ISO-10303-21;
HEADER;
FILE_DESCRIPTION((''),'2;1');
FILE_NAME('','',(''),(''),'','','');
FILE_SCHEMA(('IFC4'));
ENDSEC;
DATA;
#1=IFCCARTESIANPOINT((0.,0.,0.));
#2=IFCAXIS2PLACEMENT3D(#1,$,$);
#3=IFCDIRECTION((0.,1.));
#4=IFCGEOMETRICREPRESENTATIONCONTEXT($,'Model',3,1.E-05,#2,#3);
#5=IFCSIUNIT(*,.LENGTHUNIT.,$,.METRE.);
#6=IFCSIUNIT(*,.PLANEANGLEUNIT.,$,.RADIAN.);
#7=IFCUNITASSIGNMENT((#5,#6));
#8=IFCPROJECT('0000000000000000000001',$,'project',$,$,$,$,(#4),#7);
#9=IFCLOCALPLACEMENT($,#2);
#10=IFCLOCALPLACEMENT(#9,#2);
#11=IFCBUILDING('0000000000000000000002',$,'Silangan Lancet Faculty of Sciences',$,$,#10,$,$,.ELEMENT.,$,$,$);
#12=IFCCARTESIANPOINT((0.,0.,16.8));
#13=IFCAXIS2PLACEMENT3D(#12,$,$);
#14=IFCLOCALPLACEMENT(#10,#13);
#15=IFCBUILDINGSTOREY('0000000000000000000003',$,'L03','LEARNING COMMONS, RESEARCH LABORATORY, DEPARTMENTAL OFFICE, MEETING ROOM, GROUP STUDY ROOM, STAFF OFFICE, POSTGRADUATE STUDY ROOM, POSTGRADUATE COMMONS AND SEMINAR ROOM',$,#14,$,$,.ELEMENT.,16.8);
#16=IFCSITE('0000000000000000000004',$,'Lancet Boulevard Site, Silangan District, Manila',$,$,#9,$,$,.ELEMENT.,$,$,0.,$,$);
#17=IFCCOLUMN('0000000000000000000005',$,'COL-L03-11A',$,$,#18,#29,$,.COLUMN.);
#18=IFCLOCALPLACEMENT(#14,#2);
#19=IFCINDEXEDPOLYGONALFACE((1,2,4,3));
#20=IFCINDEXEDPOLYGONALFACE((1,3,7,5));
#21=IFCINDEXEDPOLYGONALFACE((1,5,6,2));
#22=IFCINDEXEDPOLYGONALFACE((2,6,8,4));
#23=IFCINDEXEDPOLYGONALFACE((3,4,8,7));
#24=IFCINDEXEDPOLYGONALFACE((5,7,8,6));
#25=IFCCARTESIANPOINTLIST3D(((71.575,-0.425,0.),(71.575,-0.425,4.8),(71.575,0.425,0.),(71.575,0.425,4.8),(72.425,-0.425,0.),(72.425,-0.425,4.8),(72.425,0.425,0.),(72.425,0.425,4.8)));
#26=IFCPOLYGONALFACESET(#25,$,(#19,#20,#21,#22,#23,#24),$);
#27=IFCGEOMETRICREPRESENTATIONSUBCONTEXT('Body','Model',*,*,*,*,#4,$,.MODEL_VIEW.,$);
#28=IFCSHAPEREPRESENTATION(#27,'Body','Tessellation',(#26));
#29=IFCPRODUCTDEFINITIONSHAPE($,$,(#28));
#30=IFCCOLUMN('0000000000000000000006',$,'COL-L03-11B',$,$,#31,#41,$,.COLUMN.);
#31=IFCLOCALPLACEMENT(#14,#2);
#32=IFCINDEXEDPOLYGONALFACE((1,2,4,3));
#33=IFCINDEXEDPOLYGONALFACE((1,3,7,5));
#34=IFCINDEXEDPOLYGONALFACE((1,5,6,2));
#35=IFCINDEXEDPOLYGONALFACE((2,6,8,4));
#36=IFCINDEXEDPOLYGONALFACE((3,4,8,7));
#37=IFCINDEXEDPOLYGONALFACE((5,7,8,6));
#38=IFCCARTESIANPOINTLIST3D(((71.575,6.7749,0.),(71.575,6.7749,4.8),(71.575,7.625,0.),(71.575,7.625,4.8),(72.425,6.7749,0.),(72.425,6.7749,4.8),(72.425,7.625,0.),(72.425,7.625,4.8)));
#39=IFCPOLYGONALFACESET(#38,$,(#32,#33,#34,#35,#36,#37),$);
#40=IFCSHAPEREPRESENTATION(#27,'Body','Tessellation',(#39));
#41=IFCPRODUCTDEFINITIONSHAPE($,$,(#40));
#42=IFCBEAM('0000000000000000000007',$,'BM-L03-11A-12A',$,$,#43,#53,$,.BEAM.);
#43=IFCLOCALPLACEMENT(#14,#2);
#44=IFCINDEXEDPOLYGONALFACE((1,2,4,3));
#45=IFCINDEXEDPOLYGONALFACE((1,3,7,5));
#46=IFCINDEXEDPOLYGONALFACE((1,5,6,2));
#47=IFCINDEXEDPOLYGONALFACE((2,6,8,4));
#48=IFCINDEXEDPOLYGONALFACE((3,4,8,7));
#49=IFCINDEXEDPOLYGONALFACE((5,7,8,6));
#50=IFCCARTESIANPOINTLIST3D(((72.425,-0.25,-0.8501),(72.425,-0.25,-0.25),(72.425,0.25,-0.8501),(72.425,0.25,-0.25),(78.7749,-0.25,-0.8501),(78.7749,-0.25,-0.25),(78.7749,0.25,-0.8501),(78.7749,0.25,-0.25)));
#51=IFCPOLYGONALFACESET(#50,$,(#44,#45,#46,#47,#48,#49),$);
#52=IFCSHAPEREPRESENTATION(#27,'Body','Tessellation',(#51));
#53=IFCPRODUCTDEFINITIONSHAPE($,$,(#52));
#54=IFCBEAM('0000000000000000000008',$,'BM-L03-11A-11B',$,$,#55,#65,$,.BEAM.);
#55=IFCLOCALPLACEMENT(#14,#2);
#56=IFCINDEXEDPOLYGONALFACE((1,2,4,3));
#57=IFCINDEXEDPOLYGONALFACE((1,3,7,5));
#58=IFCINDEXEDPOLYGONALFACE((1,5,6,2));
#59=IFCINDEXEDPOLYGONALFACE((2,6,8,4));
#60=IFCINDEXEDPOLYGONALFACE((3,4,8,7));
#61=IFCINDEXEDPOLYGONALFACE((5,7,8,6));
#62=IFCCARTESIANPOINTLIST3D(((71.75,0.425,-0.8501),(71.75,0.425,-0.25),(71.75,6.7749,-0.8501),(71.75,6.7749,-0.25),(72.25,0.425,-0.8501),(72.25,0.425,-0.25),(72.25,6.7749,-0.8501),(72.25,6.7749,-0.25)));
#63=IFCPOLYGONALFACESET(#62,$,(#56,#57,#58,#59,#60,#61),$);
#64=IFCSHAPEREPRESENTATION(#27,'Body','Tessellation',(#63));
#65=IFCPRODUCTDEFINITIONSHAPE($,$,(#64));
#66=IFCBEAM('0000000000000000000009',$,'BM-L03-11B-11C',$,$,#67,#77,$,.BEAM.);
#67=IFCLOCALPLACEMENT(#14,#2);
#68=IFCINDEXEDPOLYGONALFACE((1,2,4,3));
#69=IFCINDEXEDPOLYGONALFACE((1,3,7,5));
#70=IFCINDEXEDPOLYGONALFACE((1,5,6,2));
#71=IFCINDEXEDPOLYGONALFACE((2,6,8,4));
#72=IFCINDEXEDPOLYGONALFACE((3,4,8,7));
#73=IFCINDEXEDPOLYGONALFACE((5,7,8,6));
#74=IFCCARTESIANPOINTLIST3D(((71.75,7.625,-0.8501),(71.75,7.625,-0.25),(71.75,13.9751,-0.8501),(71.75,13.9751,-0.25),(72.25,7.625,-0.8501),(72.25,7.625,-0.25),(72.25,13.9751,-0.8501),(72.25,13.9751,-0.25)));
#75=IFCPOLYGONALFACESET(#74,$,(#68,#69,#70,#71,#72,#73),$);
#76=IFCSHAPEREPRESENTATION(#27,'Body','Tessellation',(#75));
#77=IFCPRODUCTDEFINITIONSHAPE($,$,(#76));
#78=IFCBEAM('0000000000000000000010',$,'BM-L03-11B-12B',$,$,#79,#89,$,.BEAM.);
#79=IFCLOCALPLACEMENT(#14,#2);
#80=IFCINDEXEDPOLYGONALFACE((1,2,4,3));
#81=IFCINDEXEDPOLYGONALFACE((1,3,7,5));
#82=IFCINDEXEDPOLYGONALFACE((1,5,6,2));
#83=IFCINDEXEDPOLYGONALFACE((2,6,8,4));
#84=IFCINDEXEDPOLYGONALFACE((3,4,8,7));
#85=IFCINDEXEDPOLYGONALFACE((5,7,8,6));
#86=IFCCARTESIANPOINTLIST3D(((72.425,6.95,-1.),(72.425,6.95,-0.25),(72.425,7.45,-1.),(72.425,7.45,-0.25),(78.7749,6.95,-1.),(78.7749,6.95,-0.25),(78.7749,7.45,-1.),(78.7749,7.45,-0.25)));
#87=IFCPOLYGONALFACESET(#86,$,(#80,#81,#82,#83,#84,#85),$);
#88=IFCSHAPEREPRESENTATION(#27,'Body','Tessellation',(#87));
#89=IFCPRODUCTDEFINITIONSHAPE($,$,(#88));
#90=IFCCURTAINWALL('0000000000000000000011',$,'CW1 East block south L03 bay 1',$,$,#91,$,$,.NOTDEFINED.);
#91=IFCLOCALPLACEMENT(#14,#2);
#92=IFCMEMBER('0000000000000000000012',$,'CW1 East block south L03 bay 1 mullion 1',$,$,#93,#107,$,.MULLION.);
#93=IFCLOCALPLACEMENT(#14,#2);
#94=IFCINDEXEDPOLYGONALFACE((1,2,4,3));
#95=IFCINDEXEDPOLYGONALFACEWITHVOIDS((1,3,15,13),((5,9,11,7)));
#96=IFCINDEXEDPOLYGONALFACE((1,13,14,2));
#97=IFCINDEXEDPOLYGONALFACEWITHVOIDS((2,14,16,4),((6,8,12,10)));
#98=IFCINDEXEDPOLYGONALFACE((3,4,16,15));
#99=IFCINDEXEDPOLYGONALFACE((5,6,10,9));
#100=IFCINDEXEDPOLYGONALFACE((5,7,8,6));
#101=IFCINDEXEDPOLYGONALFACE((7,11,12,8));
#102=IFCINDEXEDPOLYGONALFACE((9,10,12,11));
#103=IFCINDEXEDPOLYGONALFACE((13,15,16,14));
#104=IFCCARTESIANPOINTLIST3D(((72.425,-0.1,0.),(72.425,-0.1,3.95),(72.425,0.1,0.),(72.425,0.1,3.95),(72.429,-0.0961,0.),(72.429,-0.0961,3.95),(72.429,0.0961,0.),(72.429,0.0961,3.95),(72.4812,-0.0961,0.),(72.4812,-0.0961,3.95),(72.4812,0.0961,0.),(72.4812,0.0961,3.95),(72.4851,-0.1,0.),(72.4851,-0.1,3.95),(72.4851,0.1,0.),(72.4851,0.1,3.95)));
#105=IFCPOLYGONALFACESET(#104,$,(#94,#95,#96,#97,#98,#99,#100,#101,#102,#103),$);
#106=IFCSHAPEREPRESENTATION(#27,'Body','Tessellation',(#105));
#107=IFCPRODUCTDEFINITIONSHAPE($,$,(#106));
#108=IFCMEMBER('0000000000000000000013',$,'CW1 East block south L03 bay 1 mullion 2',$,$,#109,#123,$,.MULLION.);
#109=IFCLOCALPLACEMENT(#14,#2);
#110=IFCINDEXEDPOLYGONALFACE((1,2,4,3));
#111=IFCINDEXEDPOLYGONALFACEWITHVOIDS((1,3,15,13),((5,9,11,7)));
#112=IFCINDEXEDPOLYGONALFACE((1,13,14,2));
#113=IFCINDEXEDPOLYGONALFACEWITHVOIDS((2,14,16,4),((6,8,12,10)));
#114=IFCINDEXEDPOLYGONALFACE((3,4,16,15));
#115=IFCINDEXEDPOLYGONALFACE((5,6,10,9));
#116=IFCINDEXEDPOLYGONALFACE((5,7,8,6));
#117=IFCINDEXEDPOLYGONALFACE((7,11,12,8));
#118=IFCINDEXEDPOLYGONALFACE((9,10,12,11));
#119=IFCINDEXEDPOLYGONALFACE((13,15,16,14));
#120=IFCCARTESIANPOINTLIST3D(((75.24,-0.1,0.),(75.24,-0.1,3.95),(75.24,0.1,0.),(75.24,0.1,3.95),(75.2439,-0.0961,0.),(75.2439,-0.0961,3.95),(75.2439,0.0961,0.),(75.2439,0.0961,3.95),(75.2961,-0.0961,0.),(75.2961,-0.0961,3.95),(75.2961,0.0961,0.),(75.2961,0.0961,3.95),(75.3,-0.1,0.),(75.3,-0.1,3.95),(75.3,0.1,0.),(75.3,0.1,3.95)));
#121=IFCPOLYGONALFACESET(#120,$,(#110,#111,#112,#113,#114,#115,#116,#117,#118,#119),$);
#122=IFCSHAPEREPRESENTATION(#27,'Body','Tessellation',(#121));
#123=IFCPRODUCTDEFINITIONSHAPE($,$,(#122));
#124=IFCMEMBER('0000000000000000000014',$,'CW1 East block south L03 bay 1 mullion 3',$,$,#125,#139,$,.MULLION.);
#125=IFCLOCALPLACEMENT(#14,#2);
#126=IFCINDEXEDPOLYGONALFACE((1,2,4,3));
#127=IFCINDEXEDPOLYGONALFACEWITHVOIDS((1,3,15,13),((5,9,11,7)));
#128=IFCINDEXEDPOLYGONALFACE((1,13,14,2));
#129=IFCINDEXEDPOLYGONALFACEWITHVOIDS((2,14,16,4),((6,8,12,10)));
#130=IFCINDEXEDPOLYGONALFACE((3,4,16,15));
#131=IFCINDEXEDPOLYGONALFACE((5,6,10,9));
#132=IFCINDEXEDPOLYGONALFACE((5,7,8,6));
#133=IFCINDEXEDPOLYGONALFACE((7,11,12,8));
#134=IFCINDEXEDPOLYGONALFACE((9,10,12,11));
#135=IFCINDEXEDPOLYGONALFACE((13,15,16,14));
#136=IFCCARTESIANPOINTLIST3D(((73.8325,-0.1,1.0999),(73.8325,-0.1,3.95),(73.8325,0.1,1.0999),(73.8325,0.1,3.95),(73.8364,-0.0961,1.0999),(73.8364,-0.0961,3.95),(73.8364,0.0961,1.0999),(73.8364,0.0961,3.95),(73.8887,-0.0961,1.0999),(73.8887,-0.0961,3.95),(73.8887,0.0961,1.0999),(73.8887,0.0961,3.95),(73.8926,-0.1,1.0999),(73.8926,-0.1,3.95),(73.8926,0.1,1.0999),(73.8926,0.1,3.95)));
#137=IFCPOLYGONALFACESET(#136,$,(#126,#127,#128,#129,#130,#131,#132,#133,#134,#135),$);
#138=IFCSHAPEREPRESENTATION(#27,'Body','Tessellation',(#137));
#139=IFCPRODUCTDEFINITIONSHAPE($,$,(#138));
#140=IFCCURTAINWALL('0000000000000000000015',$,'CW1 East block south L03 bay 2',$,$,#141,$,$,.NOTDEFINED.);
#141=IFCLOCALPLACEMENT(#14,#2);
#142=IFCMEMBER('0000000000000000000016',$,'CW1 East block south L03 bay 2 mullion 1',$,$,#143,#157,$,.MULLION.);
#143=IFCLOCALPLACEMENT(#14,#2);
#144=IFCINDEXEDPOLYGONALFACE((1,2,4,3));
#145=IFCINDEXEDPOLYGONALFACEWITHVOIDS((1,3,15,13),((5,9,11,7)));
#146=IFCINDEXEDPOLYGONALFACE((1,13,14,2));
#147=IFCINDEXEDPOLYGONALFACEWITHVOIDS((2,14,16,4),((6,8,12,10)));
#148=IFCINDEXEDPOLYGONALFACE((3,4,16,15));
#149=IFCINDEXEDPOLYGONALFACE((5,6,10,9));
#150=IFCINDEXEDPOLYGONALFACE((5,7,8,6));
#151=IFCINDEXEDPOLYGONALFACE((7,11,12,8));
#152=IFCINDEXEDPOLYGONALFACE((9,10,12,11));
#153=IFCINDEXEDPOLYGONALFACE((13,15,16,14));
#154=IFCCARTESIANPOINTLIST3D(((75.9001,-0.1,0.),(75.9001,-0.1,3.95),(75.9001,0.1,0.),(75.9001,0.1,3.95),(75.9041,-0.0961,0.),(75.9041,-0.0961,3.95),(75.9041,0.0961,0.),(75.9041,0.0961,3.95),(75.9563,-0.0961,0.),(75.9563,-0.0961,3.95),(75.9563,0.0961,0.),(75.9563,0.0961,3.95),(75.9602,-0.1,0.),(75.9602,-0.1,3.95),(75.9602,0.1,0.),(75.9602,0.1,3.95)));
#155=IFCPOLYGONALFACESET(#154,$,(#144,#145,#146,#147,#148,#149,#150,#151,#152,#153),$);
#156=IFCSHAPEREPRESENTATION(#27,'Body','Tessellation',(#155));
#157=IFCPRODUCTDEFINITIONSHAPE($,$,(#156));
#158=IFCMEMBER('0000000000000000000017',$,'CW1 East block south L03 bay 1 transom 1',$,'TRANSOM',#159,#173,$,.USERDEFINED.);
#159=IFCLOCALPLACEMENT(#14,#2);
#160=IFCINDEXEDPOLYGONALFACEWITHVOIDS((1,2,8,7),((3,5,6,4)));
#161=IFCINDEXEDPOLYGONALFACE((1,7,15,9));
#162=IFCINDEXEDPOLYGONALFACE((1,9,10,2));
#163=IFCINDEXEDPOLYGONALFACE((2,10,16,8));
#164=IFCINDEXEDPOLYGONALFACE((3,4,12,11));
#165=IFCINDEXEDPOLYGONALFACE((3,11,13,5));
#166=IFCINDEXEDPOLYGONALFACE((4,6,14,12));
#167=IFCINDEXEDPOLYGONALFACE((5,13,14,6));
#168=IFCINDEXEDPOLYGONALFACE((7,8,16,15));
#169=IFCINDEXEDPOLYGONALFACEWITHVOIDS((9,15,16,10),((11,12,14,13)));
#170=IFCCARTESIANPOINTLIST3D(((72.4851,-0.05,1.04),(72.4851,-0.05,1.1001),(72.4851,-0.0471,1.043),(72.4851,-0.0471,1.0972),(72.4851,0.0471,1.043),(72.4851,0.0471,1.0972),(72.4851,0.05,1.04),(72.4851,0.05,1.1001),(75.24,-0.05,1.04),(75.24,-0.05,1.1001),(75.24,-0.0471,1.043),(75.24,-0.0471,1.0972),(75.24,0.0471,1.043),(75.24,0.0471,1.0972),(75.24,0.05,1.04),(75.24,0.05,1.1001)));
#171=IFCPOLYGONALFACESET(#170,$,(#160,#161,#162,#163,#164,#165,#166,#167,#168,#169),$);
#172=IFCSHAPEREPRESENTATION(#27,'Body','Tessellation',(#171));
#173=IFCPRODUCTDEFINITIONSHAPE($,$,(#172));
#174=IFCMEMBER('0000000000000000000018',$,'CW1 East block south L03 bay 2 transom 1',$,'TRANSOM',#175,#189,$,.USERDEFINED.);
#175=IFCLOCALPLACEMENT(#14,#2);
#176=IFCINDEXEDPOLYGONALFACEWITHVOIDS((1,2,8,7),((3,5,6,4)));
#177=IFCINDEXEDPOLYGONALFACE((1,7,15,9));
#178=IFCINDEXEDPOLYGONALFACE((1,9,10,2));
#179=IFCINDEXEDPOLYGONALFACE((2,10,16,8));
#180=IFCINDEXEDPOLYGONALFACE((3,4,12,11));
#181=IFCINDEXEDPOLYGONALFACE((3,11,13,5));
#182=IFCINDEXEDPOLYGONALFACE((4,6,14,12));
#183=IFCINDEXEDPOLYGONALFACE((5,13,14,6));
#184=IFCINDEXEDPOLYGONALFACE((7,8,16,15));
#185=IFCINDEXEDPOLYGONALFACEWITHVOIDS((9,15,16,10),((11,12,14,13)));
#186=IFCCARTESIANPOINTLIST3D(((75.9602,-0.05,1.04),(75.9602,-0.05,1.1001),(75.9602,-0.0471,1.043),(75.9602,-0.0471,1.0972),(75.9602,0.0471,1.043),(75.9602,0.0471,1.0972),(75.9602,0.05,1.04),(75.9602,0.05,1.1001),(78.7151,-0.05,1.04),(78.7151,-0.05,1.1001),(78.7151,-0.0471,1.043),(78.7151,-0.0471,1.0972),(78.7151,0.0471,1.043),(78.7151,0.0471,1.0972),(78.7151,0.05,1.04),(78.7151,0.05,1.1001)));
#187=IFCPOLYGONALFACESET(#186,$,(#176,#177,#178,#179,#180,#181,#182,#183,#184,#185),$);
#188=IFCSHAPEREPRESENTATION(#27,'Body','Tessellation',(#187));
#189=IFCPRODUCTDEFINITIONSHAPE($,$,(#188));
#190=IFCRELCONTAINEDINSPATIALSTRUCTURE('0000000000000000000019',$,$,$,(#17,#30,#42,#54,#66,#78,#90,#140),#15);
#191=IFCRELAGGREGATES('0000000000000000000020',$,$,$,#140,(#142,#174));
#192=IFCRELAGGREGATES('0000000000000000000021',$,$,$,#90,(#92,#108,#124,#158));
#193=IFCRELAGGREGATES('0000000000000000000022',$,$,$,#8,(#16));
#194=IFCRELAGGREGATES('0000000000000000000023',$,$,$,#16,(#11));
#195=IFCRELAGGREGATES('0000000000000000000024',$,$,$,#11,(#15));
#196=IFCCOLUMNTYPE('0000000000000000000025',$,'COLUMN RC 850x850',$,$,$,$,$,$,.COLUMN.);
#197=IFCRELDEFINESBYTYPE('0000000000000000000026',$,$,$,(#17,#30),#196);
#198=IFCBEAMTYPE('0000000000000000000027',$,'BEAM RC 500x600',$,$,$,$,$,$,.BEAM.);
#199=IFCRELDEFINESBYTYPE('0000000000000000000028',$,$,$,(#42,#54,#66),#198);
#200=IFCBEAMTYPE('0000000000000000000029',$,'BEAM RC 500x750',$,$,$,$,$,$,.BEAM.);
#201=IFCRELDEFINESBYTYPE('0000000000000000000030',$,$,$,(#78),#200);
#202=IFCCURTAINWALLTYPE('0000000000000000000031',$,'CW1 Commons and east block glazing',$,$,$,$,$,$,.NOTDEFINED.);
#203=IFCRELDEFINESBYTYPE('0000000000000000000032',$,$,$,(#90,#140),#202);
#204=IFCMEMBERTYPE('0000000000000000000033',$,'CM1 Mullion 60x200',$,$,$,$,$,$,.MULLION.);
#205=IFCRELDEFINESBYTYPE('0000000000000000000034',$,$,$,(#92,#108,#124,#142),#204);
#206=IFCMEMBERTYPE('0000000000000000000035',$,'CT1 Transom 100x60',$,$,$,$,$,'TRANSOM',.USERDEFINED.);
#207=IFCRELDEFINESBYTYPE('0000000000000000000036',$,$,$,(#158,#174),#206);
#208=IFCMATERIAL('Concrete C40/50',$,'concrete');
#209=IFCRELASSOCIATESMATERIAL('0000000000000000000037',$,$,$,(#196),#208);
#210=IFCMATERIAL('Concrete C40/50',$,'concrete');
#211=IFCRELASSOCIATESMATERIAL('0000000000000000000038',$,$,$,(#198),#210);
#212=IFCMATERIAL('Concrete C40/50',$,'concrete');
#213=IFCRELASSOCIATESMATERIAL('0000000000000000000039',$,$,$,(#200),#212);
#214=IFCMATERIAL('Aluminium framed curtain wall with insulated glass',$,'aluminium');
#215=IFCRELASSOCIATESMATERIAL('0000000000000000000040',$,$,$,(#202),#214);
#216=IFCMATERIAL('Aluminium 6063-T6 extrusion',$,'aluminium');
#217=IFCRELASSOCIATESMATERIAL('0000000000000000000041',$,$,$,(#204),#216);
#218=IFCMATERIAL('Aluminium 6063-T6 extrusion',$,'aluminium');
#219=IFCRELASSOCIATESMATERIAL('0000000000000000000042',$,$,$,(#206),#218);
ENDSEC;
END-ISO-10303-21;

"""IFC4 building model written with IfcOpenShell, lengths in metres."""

from ifc_helpers import new_model, si_unit, direction, frame, origin, origin_2d, place, context, subcontext, project, spatial, rectangle, hollow_rectangle, extrude, material, material_profile, profile_set, type_object, element, aggregate, save


model = new_model("IFC4")

# Units and contexts
model_context = context("Model", 3, precision=1e-05, world=origin(), true_north=direction((0.0, 1.0)))
body_context = subcontext(model_context, "Body", "Model", "MODEL_VIEW")
ifc_project = project(units=[si_unit("LENGTHUNIT", "METRE"), si_unit("PLANEANGLEUNIT", "RADIAN")], contexts=[model_context])

# Site, building, storey
site_placement = place(None, origin())
site = spatial("IfcSite", under=ifc_project, at=site_placement, Name="Lancet Boulevard Site, Silangan District, Manila", CompositionType="ELEMENT", RefElevation=0.0)
building_placement = place(site_placement, origin())
building = spatial("IfcBuilding", under=site, at=building_placement, Name="Silangan Lancet Faculty of Sciences", CompositionType="ELEMENT")
storey_placement = place(building_placement, frame((0.0, 0.0, 16.8)))
storey = spatial("IfcBuildingStorey", under=building, at=storey_placement, Name="L03", Description="LEARNING COMMONS, RESEARCH LABORATORY, DEPARTMENTAL OFFICE, MEETING ROOM, GROUP STUDY ROOM, STAFF OFFICE, POSTGRADUATE STUDY ROOM, POSTGRADUATE COMMONS AND SEMINAR ROOM", CompositionType="ELEMENT", Elevation=16.8)

# Columns
ifc_material_1 = material(Name="Concrete C40/50", Category="concrete")
ifc_material_profile_1 = material_profile(ifc_material_1, rectangle(XDim=0.8501, YDim=0.8501, at=origin_2d()), Name="RC 850x850")
ifc_profile_set_1 = profile_set([ifc_material_profile_1], Name="Concrete C40/50")
column_type = type_object("IfcColumnType", Name="COLUMN RC 850x850", PredefinedType="COLUMN", material=ifc_profile_set_1)
for number, where, z_axis, x_axis, name in (
    (1, (72.0, 0.0, 0.0), (0.0, 0.0, 1.0), (1.0, 0.0, 0.0), "COL-L03-11A"),
    (2, (72.0, 7.2, 0.0), (0.0, 0.0, 1.0), (1.0, 0.0, 0.0), "COL-L03-11B"),
):
    element("IfcColumn", number, at=place(storey_placement, frame(where, z_axis=z_axis, x_axis=x_axis)), inside=storey, type_object=column_type, Name=name, PredefinedType="COLUMN", context=body_context, shape_type="SweptSolid", body=[
        extrude(rectangle(XDim=0.8501, YDim=0.8501, at=origin_2d()), origin(), (0.0, 0.0, 1.0), 4.8),
    ])

# Beams
ifc_material_2 = material(Name="Concrete C40/50", Category="concrete")
ifc_material_profile_2 = material_profile(ifc_material_2, rectangle(XDim=0.5, YDim=0.6001, at=origin_2d()), Name="RC 500x600")
ifc_profile_set_2 = profile_set([ifc_material_profile_2], Name="Concrete C40/50")
beam_type_1 = type_object("IfcBeamType", Name="BEAM RC 500x600", PredefinedType="BEAM", material=ifc_profile_set_2)
for number, where, z_axis, x_axis, name in (
    (3, (72.425, 0.0, -0.55), (1.0, 0.0, 0.0), (0.0, 1.0, 0.0), "BM-L03-11A-12A"),
    (4, (72.0, 0.425, -0.55), (0.0, 1.0, 0.0), (-1.0, 0.0, 0.0), "BM-L03-11A-11B"),
):
    element("IfcBeam", number, at=place(storey_placement, frame(where, z_axis=z_axis, x_axis=x_axis)), inside=storey, type_object=beam_type_1, Name=name, PredefinedType="BEAM", context=body_context, shape_type="SweptSolid", body=[
        extrude(rectangle(XDim=0.5, YDim=0.6001, at=origin_2d()), origin(), (0.0, 0.0, 1.0), 6.3499),
    ])
beam_1_placement = place(storey_placement, frame((72.0, 7.625, -0.55), z_axis=(0.0, 1.0, 0.0), x_axis=(-1.0, 0.0, 0.0)))
element("IfcBeam", 5, at=beam_1_placement, inside=storey, type_object=beam_type_1, Name="BM-L03-11B-11C", PredefinedType="BEAM", context=body_context, shape_type="SweptSolid", body=[
    extrude(rectangle(XDim=0.5, YDim=0.6001, at=origin_2d()), origin(), (0.0, 0.0, 1.0), 6.3501),
])
ifc_material_3 = material(Name="Concrete C40/50", Category="concrete")
ifc_material_profile_3 = material_profile(ifc_material_3, rectangle(XDim=0.5, YDim=0.75, at=origin_2d()), Name="RC 500x750")
ifc_profile_set_3 = profile_set([ifc_material_profile_3], Name="Concrete C40/50")
beam_type_2 = type_object("IfcBeamType", Name="BEAM RC 500x750", PredefinedType="BEAM", material=ifc_profile_set_3)
beam_2_placement = place(storey_placement, frame((72.425, 7.2, -0.625), z_axis=(1.0, 0.0, 0.0), x_axis=(0.0, 1.0, 0.0)))
element("IfcBeam", 6, at=beam_2_placement, inside=storey, type_object=beam_type_2, Name="BM-L03-11B-12B", PredefinedType="BEAM", context=body_context, shape_type="SweptSolid", body=[
    extrude(rectangle(XDim=0.5, YDim=0.75, at=origin_2d()), origin(), (0.0, 0.0, 1.0), 6.3499),
])

# Curtain wall, members
ifc_material_4 = material(Name="Aluminium framed curtain wall with insulated glass", Category="aluminium")
curtain_wall_type = type_object("IfcCurtainWallType", Name="CW1 Commons and east block glazing", PredefinedType="NOTDEFINED", material=ifc_material_4)
curtain_wall_1_placement = place(storey_placement, origin())
curtain_wall_1 = element("IfcCurtainWall", 7, at=curtain_wall_1_placement, inside=storey, type_object=curtain_wall_type, Name="CW1 East block south L03 bay 1", PredefinedType="NOTDEFINED")
ifc_material_5 = material(Name="Aluminium 6063-T6 extrusion", Category="aluminium")
ifc_material_profile_4 = material_profile(ifc_material_5, hollow_rectangle(XDim=0.0601, YDim=0.2, WallThickness=0.0039, at=origin_2d()), Name="AL BOX 60x200x4")
ifc_profile_set_4 = profile_set([ifc_material_profile_4], Name="Aluminium 6063-T6 extrusion")
member_type_1 = type_object("IfcMemberType", Name="CM1 Mullion 60x200", PredefinedType="MULLION", material=ifc_profile_set_4)
member_1_placement = place(storey_placement, frame((72.4551, 0.0, 0.0), z_axis=(0.0, 0.0, 1.0), x_axis=(1.0, 0.0, 0.0)))
member_1 = element("IfcMember", 8, at=member_1_placement, type_object=member_type_1, Name="CW1 East block south L03 bay 1 mullion 1", PredefinedType="MULLION", context=body_context, shape_type="SweptSolid", body=[
    extrude(hollow_rectangle(XDim=0.0601, YDim=0.2, WallThickness=0.0039, at=origin_2d()), origin(), (0.0, 0.0, 1.0), 3.95),
])
member_2_placement = place(storey_placement, frame((75.27, 0.0, 0.0), z_axis=(0.0, 0.0, 1.0), x_axis=(1.0, 0.0, 0.0)))
member_2 = element("IfcMember", 9, at=member_2_placement, type_object=member_type_1, Name="CW1 East block south L03 bay 1 mullion 2", PredefinedType="MULLION", context=body_context, shape_type="SweptSolid", body=[
    extrude(hollow_rectangle(XDim=0.0601, YDim=0.2, WallThickness=0.0039, at=origin_2d()), origin(), (0.0, 0.0, 1.0), 3.95),
])
member_3_placement = place(storey_placement, frame((73.8625, 0.0, 1.0999), z_axis=(0.0, 0.0, 1.0), x_axis=(1.0, 0.0, 0.0)))
member_3 = element("IfcMember", 10, at=member_3_placement, type_object=member_type_1, Name="CW1 East block south L03 bay 1 mullion 3", PredefinedType="MULLION", context=body_context, shape_type="SweptSolid", body=[
    extrude(hollow_rectangle(XDim=0.0601, YDim=0.2, WallThickness=0.0039, at=origin_2d()), origin(), (0.0, 0.0, 1.0), 2.8501),
])

# Curtain wall, member
curtain_wall_2_placement = place(storey_placement, origin())
curtain_wall_2 = element("IfcCurtainWall", 11, at=curtain_wall_2_placement, inside=storey, type_object=curtain_wall_type, Name="CW1 East block south L03 bay 2", PredefinedType="NOTDEFINED")
member_4_placement = place(storey_placement, frame((75.9302, 0.0, 0.0), z_axis=(0.0, 0.0, 1.0), x_axis=(1.0, 0.0, 0.0)))
member_4 = element("IfcMember", 12, at=member_4_placement, type_object=member_type_1, Name="CW1 East block south L03 bay 2 mullion 1", PredefinedType="MULLION", context=body_context, shape_type="SweptSolid", body=[
    extrude(hollow_rectangle(XDim=0.0601, YDim=0.2, WallThickness=0.0039, at=origin_2d()), origin(), (0.0, 0.0, 1.0), 3.95),
])

# Members
ifc_material_6 = material(Name="Aluminium 6063-T6 extrusion", Category="aluminium")
ifc_material_profile_5 = material_profile(ifc_material_6, hollow_rectangle(XDim=0.1001, YDim=0.0601, WallThickness=0.0029, at=origin_2d()), Name="AL BOX 100x60x3")
ifc_profile_set_5 = profile_set([ifc_material_profile_5], Name="Aluminium 6063-T6 extrusion")
member_type_2 = type_object("IfcMemberType", Name="CT1 Transom 100x60", ElementType="TRANSOM", PredefinedType="USERDEFINED", material=ifc_profile_set_5)
member_5_placement = place(storey_placement, frame((72.4851, 0.0, 1.0701), z_axis=(1.0, 0.0, 0.0), x_axis=(0.0, 1.0, 0.0)))
member_5 = element("IfcMember", 13, at=member_5_placement, type_object=member_type_2, Name="CW1 East block south L03 bay 1 transom 1", ObjectType="TRANSOM", PredefinedType="USERDEFINED", context=body_context, shape_type="SweptSolid", body=[
    extrude(hollow_rectangle(XDim=0.1001, YDim=0.0601, WallThickness=0.0029, at=origin_2d()), origin(), (0.0, 0.0, 1.0), 2.7549),
])
member_6_placement = place(storey_placement, frame((75.9602, 0.0, 1.0701), z_axis=(1.0, 0.0, 0.0), x_axis=(0.0, 1.0, 0.0)))
member_6 = element("IfcMember", 14, at=member_6_placement, type_object=member_type_2, Name="CW1 East block south L03 bay 2 transom 1", ObjectType="TRANSOM", PredefinedType="USERDEFINED", context=body_context, shape_type="SweptSolid", body=[
    extrude(hollow_rectangle(XDim=0.1001, YDim=0.0601, WallThickness=0.0029, at=origin_2d()), origin(), (0.0, 0.0, 1.0), 2.7549),
])

aggregate(curtain_wall_2, [member_4, member_6])
aggregate(curtain_wall_1, [member_1, member_2, member_3, member_5])

save(model, "model.ifc")
